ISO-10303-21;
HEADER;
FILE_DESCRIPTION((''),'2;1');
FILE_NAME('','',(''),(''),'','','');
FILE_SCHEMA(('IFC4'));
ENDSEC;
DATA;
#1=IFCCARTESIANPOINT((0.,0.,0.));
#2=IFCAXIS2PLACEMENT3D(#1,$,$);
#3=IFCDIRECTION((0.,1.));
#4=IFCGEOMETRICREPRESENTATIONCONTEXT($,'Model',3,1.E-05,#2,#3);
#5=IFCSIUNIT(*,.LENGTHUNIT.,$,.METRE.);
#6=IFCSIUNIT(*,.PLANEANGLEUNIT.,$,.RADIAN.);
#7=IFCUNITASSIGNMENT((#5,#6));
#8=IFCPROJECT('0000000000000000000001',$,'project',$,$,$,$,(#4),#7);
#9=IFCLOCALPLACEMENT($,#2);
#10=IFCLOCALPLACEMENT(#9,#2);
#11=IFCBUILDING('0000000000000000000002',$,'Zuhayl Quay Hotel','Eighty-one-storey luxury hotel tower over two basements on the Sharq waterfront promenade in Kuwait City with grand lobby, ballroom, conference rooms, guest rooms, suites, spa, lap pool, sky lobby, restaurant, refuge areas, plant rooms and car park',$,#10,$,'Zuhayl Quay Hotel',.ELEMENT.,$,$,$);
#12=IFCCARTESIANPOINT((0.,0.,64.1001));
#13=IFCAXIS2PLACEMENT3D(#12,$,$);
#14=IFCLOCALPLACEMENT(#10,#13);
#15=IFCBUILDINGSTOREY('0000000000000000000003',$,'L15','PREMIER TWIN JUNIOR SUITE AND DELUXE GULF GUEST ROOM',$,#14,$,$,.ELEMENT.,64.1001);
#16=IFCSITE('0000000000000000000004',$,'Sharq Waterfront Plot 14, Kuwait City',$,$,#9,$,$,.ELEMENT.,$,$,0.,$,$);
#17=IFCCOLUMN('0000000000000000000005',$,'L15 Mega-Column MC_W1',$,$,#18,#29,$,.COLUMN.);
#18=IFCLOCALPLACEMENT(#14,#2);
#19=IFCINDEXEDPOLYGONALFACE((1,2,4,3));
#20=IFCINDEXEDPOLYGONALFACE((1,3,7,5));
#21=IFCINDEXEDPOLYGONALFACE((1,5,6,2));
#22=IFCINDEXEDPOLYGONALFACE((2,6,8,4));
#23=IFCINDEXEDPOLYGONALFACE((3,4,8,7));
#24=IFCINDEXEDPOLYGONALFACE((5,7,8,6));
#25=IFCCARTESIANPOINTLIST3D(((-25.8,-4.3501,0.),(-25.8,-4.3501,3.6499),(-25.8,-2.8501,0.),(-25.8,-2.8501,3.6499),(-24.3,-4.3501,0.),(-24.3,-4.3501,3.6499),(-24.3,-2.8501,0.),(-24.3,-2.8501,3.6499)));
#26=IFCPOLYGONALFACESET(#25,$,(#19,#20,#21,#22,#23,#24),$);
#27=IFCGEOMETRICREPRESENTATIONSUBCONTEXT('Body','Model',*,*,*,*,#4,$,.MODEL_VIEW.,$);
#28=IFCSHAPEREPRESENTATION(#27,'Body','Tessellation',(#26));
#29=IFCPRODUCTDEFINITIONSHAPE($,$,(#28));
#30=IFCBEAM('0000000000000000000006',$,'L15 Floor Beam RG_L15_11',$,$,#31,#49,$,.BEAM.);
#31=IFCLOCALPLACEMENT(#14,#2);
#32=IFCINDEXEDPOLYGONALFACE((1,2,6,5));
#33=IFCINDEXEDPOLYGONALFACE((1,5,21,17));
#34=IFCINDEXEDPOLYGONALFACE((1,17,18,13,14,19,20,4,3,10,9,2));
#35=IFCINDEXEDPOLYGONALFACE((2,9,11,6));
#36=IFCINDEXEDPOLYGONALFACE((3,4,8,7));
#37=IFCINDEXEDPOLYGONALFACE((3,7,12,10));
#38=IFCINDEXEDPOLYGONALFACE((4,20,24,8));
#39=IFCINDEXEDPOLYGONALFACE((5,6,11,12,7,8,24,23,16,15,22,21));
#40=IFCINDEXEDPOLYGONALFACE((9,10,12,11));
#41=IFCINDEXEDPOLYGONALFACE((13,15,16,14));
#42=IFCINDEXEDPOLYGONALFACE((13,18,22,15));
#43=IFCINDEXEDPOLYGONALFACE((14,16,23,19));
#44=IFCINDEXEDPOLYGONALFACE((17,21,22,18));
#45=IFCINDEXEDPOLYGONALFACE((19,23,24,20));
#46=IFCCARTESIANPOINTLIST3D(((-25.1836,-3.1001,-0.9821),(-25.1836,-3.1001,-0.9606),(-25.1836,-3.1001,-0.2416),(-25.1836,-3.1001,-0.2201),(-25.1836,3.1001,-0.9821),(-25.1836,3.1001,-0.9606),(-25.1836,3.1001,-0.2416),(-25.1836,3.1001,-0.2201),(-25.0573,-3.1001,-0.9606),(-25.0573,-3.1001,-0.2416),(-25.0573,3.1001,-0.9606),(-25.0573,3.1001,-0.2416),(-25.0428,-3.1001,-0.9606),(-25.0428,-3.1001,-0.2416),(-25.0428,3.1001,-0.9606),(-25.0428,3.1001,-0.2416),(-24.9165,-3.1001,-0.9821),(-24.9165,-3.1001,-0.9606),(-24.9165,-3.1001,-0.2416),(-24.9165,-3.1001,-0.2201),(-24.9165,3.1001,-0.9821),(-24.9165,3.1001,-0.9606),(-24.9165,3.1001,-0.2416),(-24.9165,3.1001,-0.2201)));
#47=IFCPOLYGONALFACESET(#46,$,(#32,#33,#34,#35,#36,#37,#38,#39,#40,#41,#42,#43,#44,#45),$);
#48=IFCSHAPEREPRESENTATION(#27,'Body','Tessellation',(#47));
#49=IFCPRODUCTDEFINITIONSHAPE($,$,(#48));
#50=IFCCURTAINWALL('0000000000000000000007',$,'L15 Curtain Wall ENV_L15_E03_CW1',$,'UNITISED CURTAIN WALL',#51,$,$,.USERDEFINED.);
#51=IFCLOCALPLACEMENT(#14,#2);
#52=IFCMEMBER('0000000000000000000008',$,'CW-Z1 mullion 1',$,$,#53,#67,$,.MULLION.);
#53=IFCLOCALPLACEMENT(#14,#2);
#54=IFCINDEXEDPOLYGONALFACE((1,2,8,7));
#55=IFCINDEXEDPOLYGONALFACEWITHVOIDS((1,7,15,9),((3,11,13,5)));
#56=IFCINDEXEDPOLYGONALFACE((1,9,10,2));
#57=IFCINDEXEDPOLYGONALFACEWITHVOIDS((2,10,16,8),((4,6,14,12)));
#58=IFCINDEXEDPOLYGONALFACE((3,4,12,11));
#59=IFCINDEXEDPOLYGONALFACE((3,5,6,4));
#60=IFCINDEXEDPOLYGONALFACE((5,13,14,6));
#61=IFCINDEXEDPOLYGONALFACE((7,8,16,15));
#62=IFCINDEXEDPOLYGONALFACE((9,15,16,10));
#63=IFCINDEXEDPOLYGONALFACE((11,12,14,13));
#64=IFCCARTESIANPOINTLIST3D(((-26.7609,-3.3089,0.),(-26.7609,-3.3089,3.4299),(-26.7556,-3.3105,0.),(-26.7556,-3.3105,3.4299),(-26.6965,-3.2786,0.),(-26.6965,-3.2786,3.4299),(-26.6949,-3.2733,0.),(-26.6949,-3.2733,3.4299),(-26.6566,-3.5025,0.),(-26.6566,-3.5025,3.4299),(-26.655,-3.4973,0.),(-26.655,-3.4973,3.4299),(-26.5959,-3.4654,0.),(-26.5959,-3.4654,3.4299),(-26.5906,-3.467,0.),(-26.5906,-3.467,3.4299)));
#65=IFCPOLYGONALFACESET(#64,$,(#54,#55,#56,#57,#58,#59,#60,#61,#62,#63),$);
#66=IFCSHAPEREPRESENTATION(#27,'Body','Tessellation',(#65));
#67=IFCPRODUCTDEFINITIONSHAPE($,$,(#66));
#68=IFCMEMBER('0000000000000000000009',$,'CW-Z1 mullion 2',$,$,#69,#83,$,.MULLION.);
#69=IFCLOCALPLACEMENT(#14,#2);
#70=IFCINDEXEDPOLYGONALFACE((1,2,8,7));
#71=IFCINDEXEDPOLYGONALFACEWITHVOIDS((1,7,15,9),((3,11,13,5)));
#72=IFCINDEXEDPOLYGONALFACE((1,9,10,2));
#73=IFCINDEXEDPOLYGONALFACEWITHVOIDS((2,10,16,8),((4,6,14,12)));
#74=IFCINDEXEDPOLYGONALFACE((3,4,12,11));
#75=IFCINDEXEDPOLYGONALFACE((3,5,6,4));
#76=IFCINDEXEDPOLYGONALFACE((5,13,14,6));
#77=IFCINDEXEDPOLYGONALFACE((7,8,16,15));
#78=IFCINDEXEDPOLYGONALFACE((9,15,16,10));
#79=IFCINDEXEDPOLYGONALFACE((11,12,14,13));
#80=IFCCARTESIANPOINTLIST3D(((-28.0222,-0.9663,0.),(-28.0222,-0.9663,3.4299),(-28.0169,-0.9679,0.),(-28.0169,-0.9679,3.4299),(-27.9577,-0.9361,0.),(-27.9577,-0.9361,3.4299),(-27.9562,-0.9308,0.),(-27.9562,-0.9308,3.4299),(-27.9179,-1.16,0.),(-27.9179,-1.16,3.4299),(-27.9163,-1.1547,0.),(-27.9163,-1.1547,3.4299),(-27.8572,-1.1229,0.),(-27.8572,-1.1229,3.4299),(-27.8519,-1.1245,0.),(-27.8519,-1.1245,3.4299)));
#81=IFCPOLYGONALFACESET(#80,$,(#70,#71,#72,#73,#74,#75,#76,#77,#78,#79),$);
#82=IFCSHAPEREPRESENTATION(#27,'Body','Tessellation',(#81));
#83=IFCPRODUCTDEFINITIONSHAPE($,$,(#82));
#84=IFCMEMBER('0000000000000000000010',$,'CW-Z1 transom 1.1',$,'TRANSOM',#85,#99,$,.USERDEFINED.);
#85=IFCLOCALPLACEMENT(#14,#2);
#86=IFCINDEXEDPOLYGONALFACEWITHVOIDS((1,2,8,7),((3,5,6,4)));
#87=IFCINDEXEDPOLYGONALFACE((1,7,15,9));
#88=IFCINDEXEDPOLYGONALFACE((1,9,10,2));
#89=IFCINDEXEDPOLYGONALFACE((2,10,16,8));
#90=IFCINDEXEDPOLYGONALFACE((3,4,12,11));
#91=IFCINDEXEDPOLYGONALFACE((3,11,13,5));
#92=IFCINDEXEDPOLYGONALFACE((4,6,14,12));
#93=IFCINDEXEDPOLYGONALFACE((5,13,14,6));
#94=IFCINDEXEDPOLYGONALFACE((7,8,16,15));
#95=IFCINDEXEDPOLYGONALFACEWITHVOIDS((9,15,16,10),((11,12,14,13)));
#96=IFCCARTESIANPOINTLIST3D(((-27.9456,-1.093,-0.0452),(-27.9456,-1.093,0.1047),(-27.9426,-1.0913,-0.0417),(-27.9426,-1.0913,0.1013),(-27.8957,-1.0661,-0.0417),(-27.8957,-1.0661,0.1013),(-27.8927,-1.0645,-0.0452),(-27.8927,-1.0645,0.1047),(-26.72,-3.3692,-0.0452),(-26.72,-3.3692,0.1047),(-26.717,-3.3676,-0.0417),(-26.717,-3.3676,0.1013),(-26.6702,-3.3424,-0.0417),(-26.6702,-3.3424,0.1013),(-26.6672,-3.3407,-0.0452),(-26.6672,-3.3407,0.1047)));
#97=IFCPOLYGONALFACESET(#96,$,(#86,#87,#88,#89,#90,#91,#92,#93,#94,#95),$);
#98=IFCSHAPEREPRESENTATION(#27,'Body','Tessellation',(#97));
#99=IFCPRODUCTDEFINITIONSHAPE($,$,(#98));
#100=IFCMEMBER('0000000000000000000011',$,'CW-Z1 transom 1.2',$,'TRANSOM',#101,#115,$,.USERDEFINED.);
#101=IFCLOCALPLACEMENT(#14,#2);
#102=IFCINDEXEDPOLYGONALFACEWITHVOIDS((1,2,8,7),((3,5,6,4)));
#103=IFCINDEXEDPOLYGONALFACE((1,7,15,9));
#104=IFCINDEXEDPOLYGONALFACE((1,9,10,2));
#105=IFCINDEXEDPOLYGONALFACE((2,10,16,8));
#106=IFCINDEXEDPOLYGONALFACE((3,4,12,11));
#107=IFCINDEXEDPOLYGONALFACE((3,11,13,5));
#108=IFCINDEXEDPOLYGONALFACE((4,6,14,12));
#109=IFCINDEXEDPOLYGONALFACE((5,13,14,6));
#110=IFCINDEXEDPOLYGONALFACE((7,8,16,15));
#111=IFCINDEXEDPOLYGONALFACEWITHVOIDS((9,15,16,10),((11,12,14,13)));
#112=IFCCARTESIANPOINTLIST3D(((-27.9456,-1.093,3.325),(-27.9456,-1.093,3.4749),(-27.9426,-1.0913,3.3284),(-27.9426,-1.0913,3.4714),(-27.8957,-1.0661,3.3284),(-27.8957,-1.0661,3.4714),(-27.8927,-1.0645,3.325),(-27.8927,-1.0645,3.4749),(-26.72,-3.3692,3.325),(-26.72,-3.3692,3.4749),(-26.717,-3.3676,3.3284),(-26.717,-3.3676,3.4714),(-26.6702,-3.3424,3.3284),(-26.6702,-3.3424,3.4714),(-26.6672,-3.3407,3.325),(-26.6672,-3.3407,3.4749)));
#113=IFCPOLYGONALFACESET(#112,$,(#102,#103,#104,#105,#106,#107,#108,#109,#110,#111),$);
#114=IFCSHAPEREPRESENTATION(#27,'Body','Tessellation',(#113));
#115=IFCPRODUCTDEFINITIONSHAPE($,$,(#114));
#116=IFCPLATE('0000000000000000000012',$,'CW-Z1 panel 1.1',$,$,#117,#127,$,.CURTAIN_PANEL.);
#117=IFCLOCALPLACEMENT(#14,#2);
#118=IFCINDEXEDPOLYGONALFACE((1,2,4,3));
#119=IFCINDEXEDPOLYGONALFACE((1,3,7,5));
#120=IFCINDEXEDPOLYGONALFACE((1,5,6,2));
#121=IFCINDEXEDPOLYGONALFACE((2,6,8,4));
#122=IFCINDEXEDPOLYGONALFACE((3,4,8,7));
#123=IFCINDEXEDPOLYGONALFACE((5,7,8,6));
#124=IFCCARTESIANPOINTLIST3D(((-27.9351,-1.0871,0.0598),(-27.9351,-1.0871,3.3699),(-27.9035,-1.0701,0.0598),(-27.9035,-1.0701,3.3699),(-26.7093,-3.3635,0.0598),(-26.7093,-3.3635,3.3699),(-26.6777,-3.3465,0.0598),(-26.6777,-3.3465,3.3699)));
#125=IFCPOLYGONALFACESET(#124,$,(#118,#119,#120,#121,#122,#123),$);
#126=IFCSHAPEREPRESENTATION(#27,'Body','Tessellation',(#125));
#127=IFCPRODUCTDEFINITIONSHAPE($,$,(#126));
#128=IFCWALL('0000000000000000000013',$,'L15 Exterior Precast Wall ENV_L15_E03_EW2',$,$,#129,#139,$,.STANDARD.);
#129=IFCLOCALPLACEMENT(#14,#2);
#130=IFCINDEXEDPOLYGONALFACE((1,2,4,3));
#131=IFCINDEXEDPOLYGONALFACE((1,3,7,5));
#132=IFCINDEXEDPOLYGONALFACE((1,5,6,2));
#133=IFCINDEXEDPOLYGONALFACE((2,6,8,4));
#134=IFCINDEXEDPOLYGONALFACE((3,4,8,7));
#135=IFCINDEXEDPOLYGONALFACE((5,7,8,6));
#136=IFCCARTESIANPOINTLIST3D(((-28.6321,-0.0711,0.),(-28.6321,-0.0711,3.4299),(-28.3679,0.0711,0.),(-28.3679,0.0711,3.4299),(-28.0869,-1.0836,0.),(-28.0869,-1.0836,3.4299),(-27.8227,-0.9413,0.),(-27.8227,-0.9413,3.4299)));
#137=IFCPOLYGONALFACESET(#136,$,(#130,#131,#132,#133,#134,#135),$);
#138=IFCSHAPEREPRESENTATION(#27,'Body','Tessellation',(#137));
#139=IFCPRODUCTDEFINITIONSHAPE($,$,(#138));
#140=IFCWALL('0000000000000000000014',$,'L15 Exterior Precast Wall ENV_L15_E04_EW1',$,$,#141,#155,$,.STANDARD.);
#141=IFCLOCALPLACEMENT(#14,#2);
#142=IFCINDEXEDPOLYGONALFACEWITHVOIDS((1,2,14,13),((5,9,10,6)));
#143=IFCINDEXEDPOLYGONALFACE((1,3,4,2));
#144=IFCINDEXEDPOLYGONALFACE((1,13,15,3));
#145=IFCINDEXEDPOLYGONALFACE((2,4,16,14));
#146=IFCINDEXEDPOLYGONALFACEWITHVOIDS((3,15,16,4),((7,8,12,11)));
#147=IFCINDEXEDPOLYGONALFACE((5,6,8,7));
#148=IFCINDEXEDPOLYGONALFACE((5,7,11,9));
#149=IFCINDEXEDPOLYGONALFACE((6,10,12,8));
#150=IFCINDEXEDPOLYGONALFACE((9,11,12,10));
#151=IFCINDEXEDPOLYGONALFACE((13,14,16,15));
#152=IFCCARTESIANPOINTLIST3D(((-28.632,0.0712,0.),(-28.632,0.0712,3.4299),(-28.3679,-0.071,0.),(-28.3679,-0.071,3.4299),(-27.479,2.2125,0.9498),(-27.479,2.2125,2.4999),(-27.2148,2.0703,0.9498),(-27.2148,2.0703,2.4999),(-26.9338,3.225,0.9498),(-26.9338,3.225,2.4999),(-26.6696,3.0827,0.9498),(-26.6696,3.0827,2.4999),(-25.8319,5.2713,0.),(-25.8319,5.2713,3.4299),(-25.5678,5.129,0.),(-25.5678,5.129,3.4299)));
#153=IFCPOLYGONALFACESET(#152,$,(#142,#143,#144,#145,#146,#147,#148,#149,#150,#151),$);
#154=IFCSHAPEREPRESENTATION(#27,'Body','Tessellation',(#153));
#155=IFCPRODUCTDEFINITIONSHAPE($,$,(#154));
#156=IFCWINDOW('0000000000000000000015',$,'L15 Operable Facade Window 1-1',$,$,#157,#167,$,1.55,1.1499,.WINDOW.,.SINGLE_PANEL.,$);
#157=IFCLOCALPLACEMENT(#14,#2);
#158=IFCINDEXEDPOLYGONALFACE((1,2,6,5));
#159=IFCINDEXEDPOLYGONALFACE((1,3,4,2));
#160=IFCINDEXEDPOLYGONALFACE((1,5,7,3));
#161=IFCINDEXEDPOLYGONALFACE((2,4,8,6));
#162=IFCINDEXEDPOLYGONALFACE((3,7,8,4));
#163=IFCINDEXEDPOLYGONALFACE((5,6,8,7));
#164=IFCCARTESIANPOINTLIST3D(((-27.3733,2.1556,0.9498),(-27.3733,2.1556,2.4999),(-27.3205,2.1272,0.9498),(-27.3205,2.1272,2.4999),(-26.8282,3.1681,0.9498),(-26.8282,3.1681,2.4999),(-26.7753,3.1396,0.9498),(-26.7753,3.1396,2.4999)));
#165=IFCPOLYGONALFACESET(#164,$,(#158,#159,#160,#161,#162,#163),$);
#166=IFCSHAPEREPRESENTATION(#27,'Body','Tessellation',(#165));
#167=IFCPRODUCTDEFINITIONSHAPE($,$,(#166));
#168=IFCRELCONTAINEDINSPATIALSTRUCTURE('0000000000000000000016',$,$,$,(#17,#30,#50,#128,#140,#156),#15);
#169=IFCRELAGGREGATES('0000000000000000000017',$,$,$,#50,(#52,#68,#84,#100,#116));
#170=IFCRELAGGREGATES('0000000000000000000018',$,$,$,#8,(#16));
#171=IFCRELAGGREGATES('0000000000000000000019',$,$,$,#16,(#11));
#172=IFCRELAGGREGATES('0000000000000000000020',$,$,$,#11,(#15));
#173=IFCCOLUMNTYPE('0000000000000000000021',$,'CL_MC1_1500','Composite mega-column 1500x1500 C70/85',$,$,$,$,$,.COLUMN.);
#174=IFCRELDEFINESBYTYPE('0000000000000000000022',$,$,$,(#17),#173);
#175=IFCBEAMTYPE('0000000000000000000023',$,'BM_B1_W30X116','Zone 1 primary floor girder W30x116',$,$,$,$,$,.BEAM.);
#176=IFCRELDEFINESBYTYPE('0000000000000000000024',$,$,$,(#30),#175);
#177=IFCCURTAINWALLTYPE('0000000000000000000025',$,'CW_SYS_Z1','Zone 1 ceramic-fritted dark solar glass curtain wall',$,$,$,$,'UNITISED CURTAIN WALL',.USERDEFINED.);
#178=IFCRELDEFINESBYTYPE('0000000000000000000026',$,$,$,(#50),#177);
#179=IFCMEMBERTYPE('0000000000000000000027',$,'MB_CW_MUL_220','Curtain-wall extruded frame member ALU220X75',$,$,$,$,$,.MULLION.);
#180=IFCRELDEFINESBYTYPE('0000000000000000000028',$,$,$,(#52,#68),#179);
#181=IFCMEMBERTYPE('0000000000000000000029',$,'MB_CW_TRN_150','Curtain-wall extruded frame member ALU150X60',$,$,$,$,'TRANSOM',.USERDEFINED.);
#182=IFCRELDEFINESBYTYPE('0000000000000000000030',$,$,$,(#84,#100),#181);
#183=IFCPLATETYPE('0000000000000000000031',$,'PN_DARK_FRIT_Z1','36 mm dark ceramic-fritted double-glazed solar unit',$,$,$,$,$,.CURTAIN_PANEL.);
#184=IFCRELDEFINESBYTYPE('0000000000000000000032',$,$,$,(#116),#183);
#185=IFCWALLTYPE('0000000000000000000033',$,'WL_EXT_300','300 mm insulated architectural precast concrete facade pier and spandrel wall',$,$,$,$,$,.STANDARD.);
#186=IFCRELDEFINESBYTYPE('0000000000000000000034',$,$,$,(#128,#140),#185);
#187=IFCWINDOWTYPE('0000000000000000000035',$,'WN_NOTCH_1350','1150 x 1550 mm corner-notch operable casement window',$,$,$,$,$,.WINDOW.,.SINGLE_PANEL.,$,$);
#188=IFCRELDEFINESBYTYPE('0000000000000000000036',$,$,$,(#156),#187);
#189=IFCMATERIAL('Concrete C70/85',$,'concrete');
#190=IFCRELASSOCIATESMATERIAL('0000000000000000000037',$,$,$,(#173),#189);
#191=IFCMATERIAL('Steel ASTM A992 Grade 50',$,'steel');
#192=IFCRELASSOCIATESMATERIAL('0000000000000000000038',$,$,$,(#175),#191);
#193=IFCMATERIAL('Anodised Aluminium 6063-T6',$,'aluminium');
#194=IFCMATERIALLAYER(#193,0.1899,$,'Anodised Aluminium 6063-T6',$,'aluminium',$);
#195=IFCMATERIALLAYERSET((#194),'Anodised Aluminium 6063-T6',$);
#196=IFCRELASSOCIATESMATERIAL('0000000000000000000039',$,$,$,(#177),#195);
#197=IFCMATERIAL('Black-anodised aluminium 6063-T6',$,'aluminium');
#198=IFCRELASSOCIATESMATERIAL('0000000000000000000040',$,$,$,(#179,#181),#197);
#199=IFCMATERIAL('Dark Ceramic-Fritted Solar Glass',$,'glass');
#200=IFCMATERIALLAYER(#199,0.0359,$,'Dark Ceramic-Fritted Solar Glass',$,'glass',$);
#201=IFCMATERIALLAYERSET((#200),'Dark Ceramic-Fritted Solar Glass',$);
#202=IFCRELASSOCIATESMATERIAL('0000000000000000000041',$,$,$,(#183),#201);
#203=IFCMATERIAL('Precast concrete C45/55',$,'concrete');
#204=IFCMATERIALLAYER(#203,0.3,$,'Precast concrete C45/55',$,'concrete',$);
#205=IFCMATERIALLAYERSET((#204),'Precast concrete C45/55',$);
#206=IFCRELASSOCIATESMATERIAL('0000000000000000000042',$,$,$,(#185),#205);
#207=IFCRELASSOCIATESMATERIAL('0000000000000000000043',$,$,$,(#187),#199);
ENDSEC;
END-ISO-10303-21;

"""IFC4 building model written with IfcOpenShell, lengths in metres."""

from ifc_helpers import new_model, si_unit, direction, frame, frame_2d, origin, origin_2d, place, context, subcontext, project, spatial, rectangle, hollow_rectangle, i_section, extrude, material, layer, layer_set, material_profile, profile_set, type_object, element, fill, aggregate, save


model = new_model("IFC4")

# Units and contexts
model_context = context("Model", 3, precision=1e-05, world=origin(), true_north=direction((0.0, 1.0)))
body_context = subcontext(model_context, "Body", "Model", "MODEL_VIEW")
ifc_project = project(units=[si_unit("LENGTHUNIT", "METRE"), si_unit("PLANEANGLEUNIT", "RADIAN")], contexts=[model_context])

# Site, building, storey
site_placement = place(None, origin())
site = spatial("IfcSite", under=ifc_project, at=site_placement, Name="Sharq Waterfront Plot 14, Kuwait City", CompositionType="ELEMENT", RefElevation=0.0)
building_placement = place(site_placement, origin())
building = spatial("IfcBuilding", under=site, at=building_placement, Name="Zuhayl Quay Hotel", Description="Eighty-one-storey luxury hotel tower over two basements on the Sharq waterfront promenade in Kuwait City with grand lobby, ballroom, conference rooms, guest rooms, suites, spa, lap pool, sky lobby, restaurant, refuge areas, plant rooms and car park", LongName="Zuhayl Quay Hotel", CompositionType="ELEMENT")
storey_placement = place(building_placement, frame((0.0, 0.0, 64.1001)))
storey = spatial("IfcBuildingStorey", under=building, at=storey_placement, Name="L15", Description="PREMIER TWIN JUNIOR SUITE AND DELUXE GULF GUEST ROOM", CompositionType="ELEMENT", Elevation=64.1001)

# Column
ifc_material_1 = material(Name="Concrete C70/85", Category="concrete")
ifc_material_profile_1 = material_profile(ifc_material_1, rectangle(XDim=1.5, YDim=1.5, at=origin_2d()), Name="RC1500X1500")
ifc_profile_set_1 = profile_set([ifc_material_profile_1], Name="Concrete C70/85")
column_type = type_object("IfcColumnType", Name="CL_MC1_1500", Description="Composite mega-column 1500x1500 C70/85", PredefinedType="COLUMN", material=ifc_profile_set_1)
column_placement = place(storey_placement, frame((-25.05, -3.6001, 0.0), z_axis=(0.0, 0.0, 1.0), x_axis=(1.0, 0.0, 0.0)))
element("IfcColumn", 1, at=column_placement, inside=storey, type_object=column_type, Name="L15 Mega-Column MC_W1", PredefinedType="COLUMN", context=body_context, shape_type="SweptSolid", body=[
    extrude(rectangle(XDim=1.5, YDim=1.5, at=origin_2d()), origin(), (0.0, 0.0, 1.0), 3.6499),
])

# Beam
ifc_material_2 = material(Name="Steel ASTM A992 Grade 50", Category="steel")
ifc_material_profile_2 = material_profile(ifc_material_2, i_section(OverallWidth=0.2671, OverallDepth=0.762, WebThickness=0.0144, FlangeThickness=0.0215, at=origin_2d()), Name="W30X116")
ifc_profile_set_2 = profile_set([ifc_material_profile_2], Name="Steel ASTM A992 Grade 50")
beam_type = type_object("IfcBeamType", Name="BM_B1_W30X116", Description="Zone 1 primary floor girder W30x116", PredefinedType="BEAM", material=ifc_profile_set_2)
beam_placement = place(storey_placement, frame((-25.05, 3.1001, -0.6011), z_axis=(0.0, -1.0, 0.0), x_axis=(1.0, 0.0, 0.0)))
element("IfcBeam", 2, at=beam_placement, inside=storey, type_object=beam_type, Name="L15 Floor Beam RG_L15_11", PredefinedType="BEAM", context=body_context, shape_type="SweptSolid", body=[
    extrude(i_section(OverallWidth=0.2671, OverallDepth=0.762, WebThickness=0.0144, FlangeThickness=0.0215, at=origin_2d()), origin(), (0.0, 0.0, 1.0), 6.2002),
])

# Curtain wall, members, plate
ifc_material_3 = material(Name="Anodised Aluminium 6063-T6", Category="aluminium")
ifc_layer_1 = layer(ifc_material_3, 0.1899, Name="Anodised Aluminium 6063-T6", Category="aluminium")
ifc_layer_set_1 = layer_set([ifc_layer_1], Name="Anodised Aluminium 6063-T6")
curtain_wall_type = type_object("IfcCurtainWallType", Name="CW_SYS_Z1", Description="Zone 1 ceramic-fritted dark solar glass curtain wall", ElementType="UNITISED CURTAIN WALL", PredefinedType="USERDEFINED", material=ifc_layer_set_1)
curtain_wall_placement = place(storey_placement, origin())
curtain_wall = element("IfcCurtainWall", 3, at=curtain_wall_placement, inside=storey, type_object=curtain_wall_type, Name="L15 Curtain Wall ENV_L15_E03_CW1", ObjectType="UNITISED CURTAIN WALL", PredefinedType="USERDEFINED")
ifc_material_4 = material(Name="Black-anodised aluminium 6063-T6", Category="aluminium")
ifc_material_profile_3 = material_profile(ifc_material_4, hollow_rectangle(XDim=0.075, YDim=0.22, WallThickness=0.0039, at=origin_2d()), Name="ALU220X75")
ifc_profile_set_3 = profile_set([ifc_material_profile_3], Name="Black-anodised aluminium 6063-T6")
member_type_1 = type_object("IfcMemberType", Name="MB_CW_MUL_220", Description="Curtain-wall extruded frame member ALU220X75", PredefinedType="MULLION", material=ifc_profile_set_3)
member_1_placement = place(storey_placement, frame((-26.6758, -3.3879, 0.0), z_axis=(0.0, 0.0, 1.0), x_axis=(-0.880476, -0.474091, 0.0)))
member_1 = element("IfcMember", 4, at=member_1_placement, type_object=member_type_1, Name="CW-Z1 mullion 1", PredefinedType="MULLION", context=body_context, shape_type="SweptSolid", body=[
    extrude(hollow_rectangle(XDim=0.075, YDim=0.22, WallThickness=0.0039, at=origin_2d()), origin(), (0.0, 0.0, 1.0), 3.4299),
])
member_2_placement = place(storey_placement, frame((-27.937, -1.0454, 0.0), z_axis=(0.0, 0.0, 1.0), x_axis=(-0.880476, -0.474091, 0.0)))
member_2 = element("IfcMember", 5, at=member_2_placement, type_object=member_type_1, Name="CW-Z1 mullion 2", PredefinedType="MULLION", context=body_context, shape_type="SweptSolid", body=[
    extrude(hollow_rectangle(XDim=0.075, YDim=0.22, WallThickness=0.0039, at=origin_2d()), origin(), (0.0, 0.0, 1.0), 3.4299),
])
ifc_material_profile_4 = material_profile(ifc_material_4, hollow_rectangle(XDim=0.0601, YDim=0.1499, WallThickness=0.0034, at=origin_2d()), Name="ALU150X60")
ifc_profile_set_4 = profile_set([ifc_material_profile_4], Name="Black-anodised aluminium 6063-T6")
member_type_2 = type_object("IfcMemberType", Name="MB_CW_TRN_150", Description="Curtain-wall extruded frame member ALU150X60", ElementType="TRANSOM", PredefinedType="USERDEFINED", material=ifc_profile_set_4)
member_3_placement = place(storey_placement, frame((-26.6936, -3.355, 0.0298), z_axis=(-0.474055, 0.880495, 0.0), x_axis=(-0.880495, -0.474055, 0.0)))
member_3 = element("IfcMember", 6, at=member_3_placement, type_object=member_type_2, Name="CW-Z1 transom 1.1", ObjectType="TRANSOM", PredefinedType="USERDEFINED", context=body_context, shape_type="SweptSolid", body=[
    extrude(hollow_rectangle(XDim=0.0601, YDim=0.1499, WallThickness=0.0034, at=origin_2d()), origin(), (0.0, 0.0, 1.0), 2.5852),
])
member_4_placement = place(storey_placement, frame((-26.6936, -3.355, 3.3999), z_axis=(-0.474055, 0.880495, 0.0), x_axis=(-0.880495, -0.474055, 0.0)))
member_4 = element("IfcMember", 7, at=member_4_placement, type_object=member_type_2, Name="CW-Z1 transom 1.2", ObjectType="TRANSOM", PredefinedType="USERDEFINED", context=body_context, shape_type="SweptSolid", body=[
    extrude(hollow_rectangle(XDim=0.0601, YDim=0.1499, WallThickness=0.0034, at=origin_2d()), origin(), (0.0, 0.0, 1.0), 2.5852),
])
ifc_material_5 = material(Name="Dark Ceramic-Fritted Solar Glass", Category="glass")
ifc_layer_2 = layer(ifc_material_5, 0.0359, Name="Dark Ceramic-Fritted Solar Glass", Category="glass")
ifc_layer_set_2 = layer_set([ifc_layer_2], Name="Dark Ceramic-Fritted Solar Glass")
plate_type = type_object("IfcPlateType", Name="PN_DARK_FRIT_Z1", Description="36 mm dark ceramic-fritted double-glazed solar unit", PredefinedType="CURTAIN_PANEL", material=ifc_layer_set_2)
plate_placement = place(storey_placement, frame((-27.3064, -2.2168, 0.0598), z_axis=(0.0, 0.0, 1.0), x_axis=(-0.474091, 0.880476, 0.0)))
plate = element("IfcPlate", 8, at=plate_placement, type_object=plate_type, Name="CW-Z1 panel 1.1", PredefinedType="CURTAIN_PANEL", context=body_context, shape_type="SweptSolid", body=[
    extrude(rectangle(XDim=2.5854, YDim=0.0359, at=origin_2d()), origin(), (0.0, 0.0, 1.0), 3.3101),
])
aggregate(curtain_wall, [member_1, member_2, member_3, member_4, plate])

# Wall
ifc_material_6 = material(Name="Precast concrete C45/55", Category="concrete")
ifc_layer_3 = layer(ifc_material_6, 0.3, Name="Precast concrete C45/55", Category="concrete")
ifc_layer_set_3 = layer_set([ifc_layer_3], Name="Precast concrete C45/55")
wall_type_1 = type_object("IfcWallType", Name="WL_EXT_300", Description="300 mm insulated architectural precast concrete facade pier and spandrel wall", PredefinedType="STANDARD", material=ifc_layer_set_3)
wall_1_placement = place(storey_placement, frame((-27.9548, -1.0125, 0.0), z_axis=(0.0, 0.0, 1.0), x_axis=(-0.4741, 0.880471, 0.0)))
element("IfcWall", 9, at=wall_1_placement, inside=storey, type_object=wall_type_1, Name="L15 Exterior Precast Wall ENV_L15_E03_EW2", PredefinedType="STANDARD", context=body_context, shape_type="SweptSolid", body=[
    extrude(rectangle(XDim=1.1499, YDim=0.3, at=frame_2d((0.575, 0.0))), origin(), (0.0, 0.0, 1.0), 3.4299),
])

# Wall, opening, window
wall_2_placement = place(storey_placement, frame((-28.5, 0.0, 0.0), z_axis=(0.0, 0.0, 1.0), x_axis=(0.47411, 0.880466, 0.0)))
wall_2 = element("IfcWall", 10, at=wall_2_placement, inside=storey, type_object=wall_type_1, Name="L15 Exterior Precast Wall ENV_L15_E04_EW1", PredefinedType="STANDARD", context=body_context, shape_type="SweptSolid", body=[
    extrude(rectangle(XDim=5.906, YDim=0.3, at=frame_2d((2.9531, 0.0))), origin(), (0.0, 0.0, 1.0), 3.4299),
])
opening_1_placement = place(wall_2_placement, frame((2.4321, 0.0, 0.95)))
opening_1 = element("IfcOpeningElement", 11, at=opening_1_placement, cuts=wall_2, PredefinedType="OPENING", context=body_context, shape_type="SweptSolid", body=[
    extrude(rectangle(XDim=1.1499, YDim=1.55, at=frame_2d((0.575, 0.7749))), frame((0.0, 0.1599, 0.0), z_axis=(0.0, -1.0, 0.0), x_axis=(1.0, 0.0, 0.0)), (0.0, 0.0, 1.0), 0.3201),
])
window_type = type_object("IfcWindowType", Name="WN_NOTCH_1350", Description="1150 x 1550 mm corner-notch operable casement window", PartitioningType="SINGLE_PANEL", PredefinedType="WINDOW", material=ifc_material_5)
window_placement = place(opening_1_placement, origin())
window = element("IfcWindow", 12, at=window_placement, inside=storey, type_object=window_type, Name="L15 Operable Facade Window 1-1", OverallHeight=1.55, OverallWidth=1.1499, PartitioningType="SINGLE_PANEL", PredefinedType="WINDOW", context=body_context, shape_type="SweptSolid", body=[
    extrude(rectangle(XDim=1.1499, YDim=1.55, at=frame_2d((0.575, 0.7749))), frame((0.0, 0.03, 0.0), z_axis=(0.0, -1.0, 0.0), x_axis=(1.0, 0.0, 0.0)), (0.0, 0.0, 1.0), 0.0601),
])
fill(opening_1, window)

save(model, "model.ifc")
